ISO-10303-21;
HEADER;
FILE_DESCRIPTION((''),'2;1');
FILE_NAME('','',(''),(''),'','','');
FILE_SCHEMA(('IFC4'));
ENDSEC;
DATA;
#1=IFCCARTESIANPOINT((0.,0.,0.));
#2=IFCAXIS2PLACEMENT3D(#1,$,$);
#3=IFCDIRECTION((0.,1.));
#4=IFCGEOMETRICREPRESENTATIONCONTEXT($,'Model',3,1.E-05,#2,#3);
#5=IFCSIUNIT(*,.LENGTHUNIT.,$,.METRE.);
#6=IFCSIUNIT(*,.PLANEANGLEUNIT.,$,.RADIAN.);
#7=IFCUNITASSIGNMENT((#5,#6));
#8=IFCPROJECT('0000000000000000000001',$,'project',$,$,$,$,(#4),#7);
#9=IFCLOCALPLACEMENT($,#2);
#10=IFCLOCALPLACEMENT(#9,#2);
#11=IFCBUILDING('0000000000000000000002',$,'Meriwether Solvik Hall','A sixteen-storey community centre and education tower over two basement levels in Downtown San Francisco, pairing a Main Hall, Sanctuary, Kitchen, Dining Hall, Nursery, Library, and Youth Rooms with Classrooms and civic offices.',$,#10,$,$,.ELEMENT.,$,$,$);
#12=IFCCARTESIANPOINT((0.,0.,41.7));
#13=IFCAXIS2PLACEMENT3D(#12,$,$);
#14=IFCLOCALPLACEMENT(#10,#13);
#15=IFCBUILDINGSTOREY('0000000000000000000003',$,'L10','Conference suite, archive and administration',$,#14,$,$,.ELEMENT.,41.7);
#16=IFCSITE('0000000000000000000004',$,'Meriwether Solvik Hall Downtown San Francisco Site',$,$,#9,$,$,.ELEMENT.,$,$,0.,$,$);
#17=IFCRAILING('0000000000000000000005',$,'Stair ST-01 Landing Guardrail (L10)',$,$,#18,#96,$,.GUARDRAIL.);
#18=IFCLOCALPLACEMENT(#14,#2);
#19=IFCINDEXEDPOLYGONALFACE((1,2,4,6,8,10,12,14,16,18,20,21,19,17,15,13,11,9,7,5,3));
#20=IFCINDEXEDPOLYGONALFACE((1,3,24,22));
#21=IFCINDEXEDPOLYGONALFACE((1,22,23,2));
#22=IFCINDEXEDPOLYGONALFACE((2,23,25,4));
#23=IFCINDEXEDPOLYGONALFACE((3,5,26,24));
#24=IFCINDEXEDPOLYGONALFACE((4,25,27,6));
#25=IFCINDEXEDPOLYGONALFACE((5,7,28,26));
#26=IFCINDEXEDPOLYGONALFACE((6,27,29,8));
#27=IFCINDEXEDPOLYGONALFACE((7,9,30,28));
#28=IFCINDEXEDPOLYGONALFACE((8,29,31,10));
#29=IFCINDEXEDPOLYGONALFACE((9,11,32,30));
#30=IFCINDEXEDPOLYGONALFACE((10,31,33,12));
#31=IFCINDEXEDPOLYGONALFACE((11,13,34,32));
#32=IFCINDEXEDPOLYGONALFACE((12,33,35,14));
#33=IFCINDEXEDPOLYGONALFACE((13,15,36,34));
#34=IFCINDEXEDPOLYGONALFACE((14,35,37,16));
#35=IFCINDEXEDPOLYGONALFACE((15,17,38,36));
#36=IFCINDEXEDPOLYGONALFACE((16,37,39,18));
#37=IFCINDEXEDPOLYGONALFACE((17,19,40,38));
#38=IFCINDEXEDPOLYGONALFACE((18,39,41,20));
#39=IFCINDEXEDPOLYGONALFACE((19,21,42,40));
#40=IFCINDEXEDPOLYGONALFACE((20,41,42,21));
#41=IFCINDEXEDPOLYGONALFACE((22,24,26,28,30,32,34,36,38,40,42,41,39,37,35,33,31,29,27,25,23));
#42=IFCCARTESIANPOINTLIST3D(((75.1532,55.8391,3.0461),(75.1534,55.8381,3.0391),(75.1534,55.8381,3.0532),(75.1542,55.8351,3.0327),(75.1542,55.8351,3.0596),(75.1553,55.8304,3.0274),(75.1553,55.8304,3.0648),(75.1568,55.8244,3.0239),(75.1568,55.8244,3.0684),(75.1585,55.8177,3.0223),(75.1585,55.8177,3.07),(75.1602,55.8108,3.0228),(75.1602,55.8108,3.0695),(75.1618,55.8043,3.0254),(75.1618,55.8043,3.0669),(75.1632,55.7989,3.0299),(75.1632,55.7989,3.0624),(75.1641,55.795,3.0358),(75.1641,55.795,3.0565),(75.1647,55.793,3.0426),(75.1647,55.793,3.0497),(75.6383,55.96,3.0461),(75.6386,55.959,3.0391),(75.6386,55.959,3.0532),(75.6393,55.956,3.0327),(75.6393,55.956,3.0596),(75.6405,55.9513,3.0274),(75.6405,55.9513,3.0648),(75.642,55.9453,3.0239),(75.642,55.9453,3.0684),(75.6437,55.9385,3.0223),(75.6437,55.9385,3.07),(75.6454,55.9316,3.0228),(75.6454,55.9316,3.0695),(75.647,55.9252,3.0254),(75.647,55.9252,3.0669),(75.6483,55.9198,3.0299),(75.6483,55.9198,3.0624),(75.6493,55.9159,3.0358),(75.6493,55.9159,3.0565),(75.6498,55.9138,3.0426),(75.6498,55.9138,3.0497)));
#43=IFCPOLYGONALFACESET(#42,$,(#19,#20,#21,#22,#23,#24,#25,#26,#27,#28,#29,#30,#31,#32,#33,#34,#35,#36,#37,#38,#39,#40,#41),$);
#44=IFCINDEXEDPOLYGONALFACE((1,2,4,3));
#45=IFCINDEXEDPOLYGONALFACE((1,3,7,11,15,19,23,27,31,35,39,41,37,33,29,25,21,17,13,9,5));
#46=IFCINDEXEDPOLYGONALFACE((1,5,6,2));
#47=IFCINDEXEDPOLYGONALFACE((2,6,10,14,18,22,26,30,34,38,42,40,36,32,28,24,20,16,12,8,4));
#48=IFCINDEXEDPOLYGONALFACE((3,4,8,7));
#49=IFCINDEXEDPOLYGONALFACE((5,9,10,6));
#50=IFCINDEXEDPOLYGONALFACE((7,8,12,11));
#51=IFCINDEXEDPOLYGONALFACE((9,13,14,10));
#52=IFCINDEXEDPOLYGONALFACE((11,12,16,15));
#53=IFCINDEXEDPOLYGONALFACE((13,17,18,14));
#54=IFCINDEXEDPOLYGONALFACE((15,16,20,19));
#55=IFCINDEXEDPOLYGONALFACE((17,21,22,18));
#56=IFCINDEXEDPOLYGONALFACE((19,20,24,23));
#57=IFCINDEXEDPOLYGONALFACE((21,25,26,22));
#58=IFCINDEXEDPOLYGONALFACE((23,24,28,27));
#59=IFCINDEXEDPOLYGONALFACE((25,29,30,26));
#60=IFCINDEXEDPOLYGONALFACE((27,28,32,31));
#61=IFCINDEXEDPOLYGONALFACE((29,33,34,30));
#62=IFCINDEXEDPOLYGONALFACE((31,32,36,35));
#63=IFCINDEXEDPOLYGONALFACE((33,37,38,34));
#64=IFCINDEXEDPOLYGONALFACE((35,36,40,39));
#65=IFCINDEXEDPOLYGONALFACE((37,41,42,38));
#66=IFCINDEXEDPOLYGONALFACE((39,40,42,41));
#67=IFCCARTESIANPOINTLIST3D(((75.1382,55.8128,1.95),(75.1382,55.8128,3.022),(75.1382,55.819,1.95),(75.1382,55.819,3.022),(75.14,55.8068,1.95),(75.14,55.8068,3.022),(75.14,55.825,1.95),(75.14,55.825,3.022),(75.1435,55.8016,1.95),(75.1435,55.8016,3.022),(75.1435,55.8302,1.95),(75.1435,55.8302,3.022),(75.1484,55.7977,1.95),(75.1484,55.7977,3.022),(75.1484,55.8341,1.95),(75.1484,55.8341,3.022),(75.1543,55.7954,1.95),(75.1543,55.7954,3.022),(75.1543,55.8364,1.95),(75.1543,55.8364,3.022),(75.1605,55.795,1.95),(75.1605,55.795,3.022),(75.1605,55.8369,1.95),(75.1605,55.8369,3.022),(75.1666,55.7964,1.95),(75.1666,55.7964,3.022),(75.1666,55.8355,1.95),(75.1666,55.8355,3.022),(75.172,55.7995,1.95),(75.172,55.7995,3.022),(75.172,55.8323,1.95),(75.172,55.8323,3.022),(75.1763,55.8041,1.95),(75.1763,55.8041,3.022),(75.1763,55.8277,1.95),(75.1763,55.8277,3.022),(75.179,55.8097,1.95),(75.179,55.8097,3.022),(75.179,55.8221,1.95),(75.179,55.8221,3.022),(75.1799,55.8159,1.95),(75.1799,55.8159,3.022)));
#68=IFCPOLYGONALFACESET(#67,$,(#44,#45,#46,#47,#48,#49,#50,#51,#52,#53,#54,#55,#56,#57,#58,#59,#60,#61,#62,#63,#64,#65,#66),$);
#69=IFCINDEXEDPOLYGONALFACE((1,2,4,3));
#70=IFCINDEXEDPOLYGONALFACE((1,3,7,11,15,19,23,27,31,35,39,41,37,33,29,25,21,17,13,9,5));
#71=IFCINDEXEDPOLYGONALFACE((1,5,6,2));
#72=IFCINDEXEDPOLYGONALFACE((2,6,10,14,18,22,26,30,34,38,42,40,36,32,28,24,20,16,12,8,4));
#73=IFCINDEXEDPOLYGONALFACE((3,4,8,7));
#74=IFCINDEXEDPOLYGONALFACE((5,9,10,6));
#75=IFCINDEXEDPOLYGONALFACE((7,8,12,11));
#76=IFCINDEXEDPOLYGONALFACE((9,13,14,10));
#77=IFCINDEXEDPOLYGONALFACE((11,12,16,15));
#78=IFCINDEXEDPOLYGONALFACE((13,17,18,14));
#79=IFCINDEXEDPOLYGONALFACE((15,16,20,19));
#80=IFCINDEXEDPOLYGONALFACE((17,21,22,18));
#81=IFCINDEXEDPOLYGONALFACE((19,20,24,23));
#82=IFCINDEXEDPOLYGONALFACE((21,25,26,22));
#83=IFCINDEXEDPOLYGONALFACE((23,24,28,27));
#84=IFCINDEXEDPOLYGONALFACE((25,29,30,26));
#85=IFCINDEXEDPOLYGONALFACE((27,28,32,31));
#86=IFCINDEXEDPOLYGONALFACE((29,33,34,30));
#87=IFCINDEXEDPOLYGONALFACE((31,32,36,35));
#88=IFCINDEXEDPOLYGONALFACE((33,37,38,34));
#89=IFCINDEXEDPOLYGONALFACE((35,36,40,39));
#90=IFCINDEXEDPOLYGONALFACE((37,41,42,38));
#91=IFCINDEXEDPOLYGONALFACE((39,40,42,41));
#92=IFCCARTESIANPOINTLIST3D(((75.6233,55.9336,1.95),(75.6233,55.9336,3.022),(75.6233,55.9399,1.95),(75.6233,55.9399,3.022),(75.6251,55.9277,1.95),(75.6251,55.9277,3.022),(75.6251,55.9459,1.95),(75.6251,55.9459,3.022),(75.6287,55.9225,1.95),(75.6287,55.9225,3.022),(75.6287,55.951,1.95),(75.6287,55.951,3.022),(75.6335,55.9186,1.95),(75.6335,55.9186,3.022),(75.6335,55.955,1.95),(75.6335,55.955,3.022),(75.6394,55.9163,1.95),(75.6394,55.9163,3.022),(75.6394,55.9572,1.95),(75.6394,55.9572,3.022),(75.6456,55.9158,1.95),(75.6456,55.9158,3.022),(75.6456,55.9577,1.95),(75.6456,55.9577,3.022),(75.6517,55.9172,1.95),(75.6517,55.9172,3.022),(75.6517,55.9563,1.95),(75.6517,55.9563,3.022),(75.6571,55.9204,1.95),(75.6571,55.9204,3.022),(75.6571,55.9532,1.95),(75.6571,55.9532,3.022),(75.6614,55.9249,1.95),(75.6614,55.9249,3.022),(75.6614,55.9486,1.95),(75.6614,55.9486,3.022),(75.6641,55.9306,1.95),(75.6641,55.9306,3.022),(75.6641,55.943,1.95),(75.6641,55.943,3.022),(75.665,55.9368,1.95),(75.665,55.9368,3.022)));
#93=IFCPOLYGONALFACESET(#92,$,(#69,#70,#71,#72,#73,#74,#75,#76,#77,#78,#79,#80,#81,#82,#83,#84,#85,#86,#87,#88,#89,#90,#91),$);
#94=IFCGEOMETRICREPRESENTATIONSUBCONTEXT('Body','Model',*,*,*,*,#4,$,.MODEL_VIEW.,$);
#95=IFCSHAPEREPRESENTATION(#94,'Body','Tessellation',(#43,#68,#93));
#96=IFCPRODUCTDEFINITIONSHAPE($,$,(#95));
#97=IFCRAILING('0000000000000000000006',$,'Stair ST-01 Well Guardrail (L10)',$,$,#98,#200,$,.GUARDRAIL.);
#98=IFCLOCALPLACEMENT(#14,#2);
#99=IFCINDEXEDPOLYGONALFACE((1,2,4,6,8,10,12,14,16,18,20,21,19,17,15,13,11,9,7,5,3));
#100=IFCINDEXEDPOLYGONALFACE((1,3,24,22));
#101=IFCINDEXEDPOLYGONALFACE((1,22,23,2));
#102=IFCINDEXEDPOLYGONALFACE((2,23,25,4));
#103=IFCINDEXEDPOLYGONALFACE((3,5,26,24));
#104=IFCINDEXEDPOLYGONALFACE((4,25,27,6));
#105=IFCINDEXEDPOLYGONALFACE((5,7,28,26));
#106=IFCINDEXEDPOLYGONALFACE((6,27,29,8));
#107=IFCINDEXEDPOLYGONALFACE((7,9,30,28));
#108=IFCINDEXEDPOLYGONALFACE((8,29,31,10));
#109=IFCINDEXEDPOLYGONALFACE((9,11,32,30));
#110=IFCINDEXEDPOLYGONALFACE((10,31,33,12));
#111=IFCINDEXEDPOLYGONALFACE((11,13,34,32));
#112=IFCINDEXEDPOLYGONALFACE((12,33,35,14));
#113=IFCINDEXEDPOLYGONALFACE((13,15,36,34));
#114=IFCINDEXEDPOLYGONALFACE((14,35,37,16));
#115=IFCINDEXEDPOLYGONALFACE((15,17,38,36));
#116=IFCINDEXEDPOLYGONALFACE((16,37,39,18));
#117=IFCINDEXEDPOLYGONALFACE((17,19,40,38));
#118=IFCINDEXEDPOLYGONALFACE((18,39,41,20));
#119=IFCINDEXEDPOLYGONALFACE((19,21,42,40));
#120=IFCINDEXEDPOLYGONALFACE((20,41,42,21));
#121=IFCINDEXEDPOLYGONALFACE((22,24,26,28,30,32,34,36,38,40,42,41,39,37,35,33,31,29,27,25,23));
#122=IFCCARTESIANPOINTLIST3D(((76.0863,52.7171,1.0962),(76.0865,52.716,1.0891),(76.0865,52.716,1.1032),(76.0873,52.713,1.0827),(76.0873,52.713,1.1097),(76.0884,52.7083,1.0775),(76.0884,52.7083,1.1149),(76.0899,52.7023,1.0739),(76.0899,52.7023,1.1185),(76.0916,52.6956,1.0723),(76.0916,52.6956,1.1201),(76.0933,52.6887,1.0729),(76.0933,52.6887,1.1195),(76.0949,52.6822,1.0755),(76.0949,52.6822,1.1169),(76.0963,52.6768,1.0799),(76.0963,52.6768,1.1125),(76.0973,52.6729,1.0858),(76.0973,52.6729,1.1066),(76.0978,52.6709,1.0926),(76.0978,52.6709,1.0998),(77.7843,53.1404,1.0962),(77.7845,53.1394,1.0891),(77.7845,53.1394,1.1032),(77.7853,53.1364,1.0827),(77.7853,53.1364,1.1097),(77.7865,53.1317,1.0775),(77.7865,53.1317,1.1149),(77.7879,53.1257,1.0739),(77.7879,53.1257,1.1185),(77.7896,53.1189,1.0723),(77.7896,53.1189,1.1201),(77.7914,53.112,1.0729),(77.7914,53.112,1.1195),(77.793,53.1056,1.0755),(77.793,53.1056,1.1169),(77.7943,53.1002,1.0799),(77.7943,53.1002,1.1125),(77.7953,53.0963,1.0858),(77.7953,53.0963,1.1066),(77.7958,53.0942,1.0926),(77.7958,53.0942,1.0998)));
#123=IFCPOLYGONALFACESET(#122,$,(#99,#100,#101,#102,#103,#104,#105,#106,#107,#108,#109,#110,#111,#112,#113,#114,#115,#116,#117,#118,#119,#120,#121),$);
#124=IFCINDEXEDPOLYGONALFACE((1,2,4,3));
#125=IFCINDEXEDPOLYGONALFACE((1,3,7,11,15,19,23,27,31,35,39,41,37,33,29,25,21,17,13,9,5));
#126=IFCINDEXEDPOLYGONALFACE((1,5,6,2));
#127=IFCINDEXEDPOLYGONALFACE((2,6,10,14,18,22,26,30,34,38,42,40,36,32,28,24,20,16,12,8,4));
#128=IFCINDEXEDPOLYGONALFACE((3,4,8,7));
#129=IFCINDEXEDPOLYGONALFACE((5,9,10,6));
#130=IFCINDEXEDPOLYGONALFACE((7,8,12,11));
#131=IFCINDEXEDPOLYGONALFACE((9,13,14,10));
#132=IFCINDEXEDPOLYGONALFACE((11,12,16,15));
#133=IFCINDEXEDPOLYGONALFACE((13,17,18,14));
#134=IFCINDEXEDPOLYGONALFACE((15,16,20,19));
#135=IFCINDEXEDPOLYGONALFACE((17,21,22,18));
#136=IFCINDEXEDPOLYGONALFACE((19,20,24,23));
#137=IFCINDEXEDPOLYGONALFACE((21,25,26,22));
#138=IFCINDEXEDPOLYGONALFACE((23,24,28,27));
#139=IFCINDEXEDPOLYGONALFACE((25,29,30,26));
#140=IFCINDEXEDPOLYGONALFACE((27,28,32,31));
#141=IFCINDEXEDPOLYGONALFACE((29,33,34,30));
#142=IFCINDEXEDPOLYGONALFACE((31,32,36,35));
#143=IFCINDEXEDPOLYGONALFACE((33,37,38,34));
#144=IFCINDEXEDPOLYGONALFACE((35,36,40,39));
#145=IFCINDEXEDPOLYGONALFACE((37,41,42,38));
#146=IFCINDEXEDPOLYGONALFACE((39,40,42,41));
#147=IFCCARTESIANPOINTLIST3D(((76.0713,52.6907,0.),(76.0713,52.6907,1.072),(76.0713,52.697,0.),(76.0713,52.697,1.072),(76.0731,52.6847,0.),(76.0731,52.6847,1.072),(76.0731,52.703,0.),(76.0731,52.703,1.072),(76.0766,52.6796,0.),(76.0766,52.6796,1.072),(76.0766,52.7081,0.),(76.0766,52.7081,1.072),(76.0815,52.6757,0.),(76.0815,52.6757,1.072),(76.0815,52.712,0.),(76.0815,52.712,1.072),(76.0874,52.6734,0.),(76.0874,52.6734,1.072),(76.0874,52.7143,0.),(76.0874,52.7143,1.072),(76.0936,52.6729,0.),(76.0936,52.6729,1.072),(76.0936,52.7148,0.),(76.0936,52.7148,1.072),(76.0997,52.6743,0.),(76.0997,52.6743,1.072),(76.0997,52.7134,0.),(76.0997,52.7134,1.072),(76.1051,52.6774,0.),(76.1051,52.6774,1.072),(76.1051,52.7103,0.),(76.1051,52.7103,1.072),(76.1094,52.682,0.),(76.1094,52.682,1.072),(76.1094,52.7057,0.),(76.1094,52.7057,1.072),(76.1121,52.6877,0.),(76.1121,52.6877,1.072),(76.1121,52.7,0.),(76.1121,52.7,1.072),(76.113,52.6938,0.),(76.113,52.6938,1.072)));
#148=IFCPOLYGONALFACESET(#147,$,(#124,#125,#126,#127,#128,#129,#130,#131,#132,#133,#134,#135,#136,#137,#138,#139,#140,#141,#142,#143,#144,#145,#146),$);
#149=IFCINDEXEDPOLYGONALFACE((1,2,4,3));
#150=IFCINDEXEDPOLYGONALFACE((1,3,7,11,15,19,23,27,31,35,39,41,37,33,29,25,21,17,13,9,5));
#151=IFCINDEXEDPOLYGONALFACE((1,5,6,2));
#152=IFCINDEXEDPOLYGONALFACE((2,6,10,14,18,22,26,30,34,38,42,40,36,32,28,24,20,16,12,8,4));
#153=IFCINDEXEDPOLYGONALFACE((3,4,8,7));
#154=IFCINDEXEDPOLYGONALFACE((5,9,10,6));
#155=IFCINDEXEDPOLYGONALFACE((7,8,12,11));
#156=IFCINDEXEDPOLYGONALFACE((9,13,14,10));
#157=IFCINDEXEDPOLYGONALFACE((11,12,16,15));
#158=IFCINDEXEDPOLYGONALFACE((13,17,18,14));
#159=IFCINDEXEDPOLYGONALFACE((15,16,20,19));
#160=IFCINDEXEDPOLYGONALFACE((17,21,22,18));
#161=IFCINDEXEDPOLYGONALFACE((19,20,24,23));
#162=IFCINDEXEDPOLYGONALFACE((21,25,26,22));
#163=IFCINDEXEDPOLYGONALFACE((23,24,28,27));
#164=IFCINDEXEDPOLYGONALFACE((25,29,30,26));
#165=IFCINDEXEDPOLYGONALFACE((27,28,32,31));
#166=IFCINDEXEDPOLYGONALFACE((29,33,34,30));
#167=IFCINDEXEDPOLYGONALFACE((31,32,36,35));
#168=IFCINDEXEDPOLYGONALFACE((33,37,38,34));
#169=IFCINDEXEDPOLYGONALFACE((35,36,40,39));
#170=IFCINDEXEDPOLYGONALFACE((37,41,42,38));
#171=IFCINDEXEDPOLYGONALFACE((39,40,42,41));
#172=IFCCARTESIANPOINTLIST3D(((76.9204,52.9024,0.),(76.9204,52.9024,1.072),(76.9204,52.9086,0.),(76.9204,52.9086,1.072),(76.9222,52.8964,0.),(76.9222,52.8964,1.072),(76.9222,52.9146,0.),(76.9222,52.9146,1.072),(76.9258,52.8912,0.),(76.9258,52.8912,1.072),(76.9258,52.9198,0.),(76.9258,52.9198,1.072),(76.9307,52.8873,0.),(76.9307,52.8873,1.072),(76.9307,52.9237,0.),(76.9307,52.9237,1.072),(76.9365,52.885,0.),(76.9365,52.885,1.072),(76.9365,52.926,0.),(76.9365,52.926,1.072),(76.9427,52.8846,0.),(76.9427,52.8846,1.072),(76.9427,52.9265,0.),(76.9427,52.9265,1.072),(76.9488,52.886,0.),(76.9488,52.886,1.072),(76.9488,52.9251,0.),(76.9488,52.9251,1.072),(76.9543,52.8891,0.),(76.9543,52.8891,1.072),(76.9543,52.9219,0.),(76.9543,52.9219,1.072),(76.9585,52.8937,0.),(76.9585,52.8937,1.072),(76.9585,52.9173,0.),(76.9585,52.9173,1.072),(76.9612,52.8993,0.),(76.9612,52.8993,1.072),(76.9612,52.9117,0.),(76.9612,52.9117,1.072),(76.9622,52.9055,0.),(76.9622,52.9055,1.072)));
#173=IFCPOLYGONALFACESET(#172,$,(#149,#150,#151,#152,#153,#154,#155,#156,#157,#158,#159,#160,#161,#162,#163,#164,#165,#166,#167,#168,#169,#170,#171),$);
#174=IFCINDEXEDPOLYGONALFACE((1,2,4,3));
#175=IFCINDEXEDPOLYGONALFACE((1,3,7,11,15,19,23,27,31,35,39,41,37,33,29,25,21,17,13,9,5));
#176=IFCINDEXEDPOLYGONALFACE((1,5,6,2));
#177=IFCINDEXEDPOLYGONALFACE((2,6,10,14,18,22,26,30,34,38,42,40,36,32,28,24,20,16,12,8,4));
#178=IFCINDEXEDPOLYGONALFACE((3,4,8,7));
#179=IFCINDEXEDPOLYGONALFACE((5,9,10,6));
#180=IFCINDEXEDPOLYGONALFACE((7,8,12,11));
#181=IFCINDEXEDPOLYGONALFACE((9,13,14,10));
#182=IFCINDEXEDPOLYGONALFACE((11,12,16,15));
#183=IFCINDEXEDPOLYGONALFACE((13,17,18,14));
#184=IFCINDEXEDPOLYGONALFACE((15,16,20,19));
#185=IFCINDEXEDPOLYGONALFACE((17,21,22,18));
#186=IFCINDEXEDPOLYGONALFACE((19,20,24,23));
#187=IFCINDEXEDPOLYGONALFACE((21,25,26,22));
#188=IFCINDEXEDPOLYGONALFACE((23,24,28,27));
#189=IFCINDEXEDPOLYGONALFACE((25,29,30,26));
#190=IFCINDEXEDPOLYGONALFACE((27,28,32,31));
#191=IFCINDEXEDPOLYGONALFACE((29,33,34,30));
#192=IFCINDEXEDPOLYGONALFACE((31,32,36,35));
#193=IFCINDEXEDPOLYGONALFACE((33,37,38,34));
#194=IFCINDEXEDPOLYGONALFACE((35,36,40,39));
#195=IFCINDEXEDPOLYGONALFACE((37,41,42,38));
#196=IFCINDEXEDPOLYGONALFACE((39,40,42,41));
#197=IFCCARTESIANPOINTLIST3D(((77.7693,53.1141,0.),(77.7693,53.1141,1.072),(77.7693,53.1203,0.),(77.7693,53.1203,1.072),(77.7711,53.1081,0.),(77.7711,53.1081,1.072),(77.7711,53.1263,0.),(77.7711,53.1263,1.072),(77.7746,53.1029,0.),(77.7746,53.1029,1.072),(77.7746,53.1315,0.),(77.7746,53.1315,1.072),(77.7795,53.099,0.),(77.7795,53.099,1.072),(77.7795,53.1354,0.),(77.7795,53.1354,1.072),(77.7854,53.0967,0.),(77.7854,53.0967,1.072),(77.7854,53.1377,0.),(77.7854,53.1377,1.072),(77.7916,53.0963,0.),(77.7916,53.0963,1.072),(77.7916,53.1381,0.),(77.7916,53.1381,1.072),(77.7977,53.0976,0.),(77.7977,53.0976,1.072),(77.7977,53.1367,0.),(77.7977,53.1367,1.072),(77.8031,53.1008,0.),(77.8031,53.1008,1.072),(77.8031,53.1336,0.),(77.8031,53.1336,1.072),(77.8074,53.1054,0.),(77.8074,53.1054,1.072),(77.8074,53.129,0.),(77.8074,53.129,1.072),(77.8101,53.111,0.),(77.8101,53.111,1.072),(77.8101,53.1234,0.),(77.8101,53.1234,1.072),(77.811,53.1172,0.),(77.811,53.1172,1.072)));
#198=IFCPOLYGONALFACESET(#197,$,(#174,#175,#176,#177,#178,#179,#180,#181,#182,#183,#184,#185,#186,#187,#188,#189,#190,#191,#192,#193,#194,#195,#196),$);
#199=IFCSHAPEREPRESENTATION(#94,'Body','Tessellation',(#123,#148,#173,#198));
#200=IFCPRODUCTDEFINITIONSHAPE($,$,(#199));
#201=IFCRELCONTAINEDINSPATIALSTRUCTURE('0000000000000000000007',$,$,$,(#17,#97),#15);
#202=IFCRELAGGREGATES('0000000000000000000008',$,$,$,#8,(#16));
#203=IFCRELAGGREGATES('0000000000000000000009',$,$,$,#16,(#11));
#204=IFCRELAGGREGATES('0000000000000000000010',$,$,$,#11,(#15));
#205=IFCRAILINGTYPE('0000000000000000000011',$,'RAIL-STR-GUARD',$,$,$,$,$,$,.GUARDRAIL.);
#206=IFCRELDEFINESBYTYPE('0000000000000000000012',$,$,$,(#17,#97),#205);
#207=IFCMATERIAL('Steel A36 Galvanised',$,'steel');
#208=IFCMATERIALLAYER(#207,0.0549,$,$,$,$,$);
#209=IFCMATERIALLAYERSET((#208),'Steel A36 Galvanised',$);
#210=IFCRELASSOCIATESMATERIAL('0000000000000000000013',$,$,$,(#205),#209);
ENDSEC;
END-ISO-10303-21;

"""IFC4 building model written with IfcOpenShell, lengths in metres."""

from ifc_helpers import new_model, si_unit, direction, frame, origin, origin_2d, place, context, subcontext, project, spatial, circle, extrude, material, layer, layer_set, type_object, element, save


model = new_model("IFC4")

# Units and contexts
model_context = context("Model", 3, precision=1e-05, world=origin(), true_north=direction((0.0, 1.0)))
body_context = subcontext(model_context, "Body", "Model", "MODEL_VIEW")
ifc_project = project(units=[si_unit("LENGTHUNIT", "METRE"), si_unit("PLANEANGLEUNIT", "RADIAN")], contexts=[model_context])

# Site, building, storey
site_placement = place(None, origin())
site = spatial("IfcSite", under=ifc_project, at=site_placement, Name="Meriwether Solvik Hall Downtown San Francisco Site", CompositionType="ELEMENT", RefElevation=0.0)
building_placement = place(site_placement, origin())
building = spatial("IfcBuilding", under=site, at=building_placement, Name="Meriwether Solvik Hall", Description="A sixteen-storey community centre and education tower over two basement levels in Downtown San Francisco, pairing a Main Hall, Sanctuary, Kitchen, Dining Hall, Nursery, Library, and Youth Rooms with Classrooms and civic offices.", CompositionType="ELEMENT")
storey_placement = place(building_placement, frame((0.0, 0.0, 41.7)))
storey = spatial("IfcBuildingStorey", under=building, at=storey_placement, Name="L10", Description="Conference suite, archive and administration", CompositionType="ELEMENT", Elevation=41.7)

# Railings
ifc_material_1 = material(Name="Steel A36 Galvanised", Category="steel")
ifc_layer_1 = layer(ifc_material_1, 0.0549)
ifc_layer_set_1 = layer_set([ifc_layer_1], Name="Steel A36 Galvanised")
railing_type_1 = type_object("IfcRailingType", Name="RAIL-STR-GUARD", PredefinedType="GUARDRAIL", material=ifc_layer_set_1)
railing_1_placement = place(storey_placement, frame((75.1589, 55.8159, 1.95)))
element("IfcRailing", 1, at=railing_1_placement, inside=storey, type_object=railing_type_1, Name="Stair ST-01 Landing Guardrail (L10)", PredefinedType="GUARDRAIL", context=body_context, shape_type="SweptSolid", body=[
    extrude(circle(Radius=0.0239, at=origin_2d()), frame((0.0, 0.0, 1.0962), z_axis=(0.970343, 0.241731, 0.0), x_axis=(-0.241731, 0.970343, 0.0)), (0.0, 0.0, 1.0), 0.5),
    extrude(circle(Radius=0.021, at=origin_2d()), origin(), (0.0, 0.0, 1.0), 1.072),
    extrude(circle(Radius=0.021, at=origin_2d()), frame((0.4851, 0.1208, 0.0)), (0.0, 0.0, 1.0), 1.072),
])
railing_2_placement = place(storey_placement, frame((76.092, 52.6938, 0.0)))
element("IfcRailing", 2, at=railing_2_placement, inside=storey, type_object=railing_type_1, Name="Stair ST-01 Well Guardrail (L10)", PredefinedType="GUARDRAIL", context=body_context, shape_type="SweptSolid", body=[
    extrude(circle(Radius=0.0239, at=origin_2d()), frame((0.0, 0.0, 1.0962), z_axis=(0.970298, 0.241912, 0.0), x_axis=(-0.241912, 0.970298, 0.0)), (0.0, 0.0, 1.0), 1.75),
    extrude(circle(Radius=0.021, at=origin_2d()), origin(), (0.0, 0.0, 1.0), 1.072),
    extrude(circle(Radius=0.021, at=origin_2d()), frame((0.8491, 0.2117, 0.0)), (0.0, 0.0, 1.0), 1.072),
    extrude(circle(Radius=0.021, at=origin_2d()), frame((1.698, 0.4233, 0.0)), (0.0, 0.0, 1.0), 1.072),
])

save(model, "model.ifc")
